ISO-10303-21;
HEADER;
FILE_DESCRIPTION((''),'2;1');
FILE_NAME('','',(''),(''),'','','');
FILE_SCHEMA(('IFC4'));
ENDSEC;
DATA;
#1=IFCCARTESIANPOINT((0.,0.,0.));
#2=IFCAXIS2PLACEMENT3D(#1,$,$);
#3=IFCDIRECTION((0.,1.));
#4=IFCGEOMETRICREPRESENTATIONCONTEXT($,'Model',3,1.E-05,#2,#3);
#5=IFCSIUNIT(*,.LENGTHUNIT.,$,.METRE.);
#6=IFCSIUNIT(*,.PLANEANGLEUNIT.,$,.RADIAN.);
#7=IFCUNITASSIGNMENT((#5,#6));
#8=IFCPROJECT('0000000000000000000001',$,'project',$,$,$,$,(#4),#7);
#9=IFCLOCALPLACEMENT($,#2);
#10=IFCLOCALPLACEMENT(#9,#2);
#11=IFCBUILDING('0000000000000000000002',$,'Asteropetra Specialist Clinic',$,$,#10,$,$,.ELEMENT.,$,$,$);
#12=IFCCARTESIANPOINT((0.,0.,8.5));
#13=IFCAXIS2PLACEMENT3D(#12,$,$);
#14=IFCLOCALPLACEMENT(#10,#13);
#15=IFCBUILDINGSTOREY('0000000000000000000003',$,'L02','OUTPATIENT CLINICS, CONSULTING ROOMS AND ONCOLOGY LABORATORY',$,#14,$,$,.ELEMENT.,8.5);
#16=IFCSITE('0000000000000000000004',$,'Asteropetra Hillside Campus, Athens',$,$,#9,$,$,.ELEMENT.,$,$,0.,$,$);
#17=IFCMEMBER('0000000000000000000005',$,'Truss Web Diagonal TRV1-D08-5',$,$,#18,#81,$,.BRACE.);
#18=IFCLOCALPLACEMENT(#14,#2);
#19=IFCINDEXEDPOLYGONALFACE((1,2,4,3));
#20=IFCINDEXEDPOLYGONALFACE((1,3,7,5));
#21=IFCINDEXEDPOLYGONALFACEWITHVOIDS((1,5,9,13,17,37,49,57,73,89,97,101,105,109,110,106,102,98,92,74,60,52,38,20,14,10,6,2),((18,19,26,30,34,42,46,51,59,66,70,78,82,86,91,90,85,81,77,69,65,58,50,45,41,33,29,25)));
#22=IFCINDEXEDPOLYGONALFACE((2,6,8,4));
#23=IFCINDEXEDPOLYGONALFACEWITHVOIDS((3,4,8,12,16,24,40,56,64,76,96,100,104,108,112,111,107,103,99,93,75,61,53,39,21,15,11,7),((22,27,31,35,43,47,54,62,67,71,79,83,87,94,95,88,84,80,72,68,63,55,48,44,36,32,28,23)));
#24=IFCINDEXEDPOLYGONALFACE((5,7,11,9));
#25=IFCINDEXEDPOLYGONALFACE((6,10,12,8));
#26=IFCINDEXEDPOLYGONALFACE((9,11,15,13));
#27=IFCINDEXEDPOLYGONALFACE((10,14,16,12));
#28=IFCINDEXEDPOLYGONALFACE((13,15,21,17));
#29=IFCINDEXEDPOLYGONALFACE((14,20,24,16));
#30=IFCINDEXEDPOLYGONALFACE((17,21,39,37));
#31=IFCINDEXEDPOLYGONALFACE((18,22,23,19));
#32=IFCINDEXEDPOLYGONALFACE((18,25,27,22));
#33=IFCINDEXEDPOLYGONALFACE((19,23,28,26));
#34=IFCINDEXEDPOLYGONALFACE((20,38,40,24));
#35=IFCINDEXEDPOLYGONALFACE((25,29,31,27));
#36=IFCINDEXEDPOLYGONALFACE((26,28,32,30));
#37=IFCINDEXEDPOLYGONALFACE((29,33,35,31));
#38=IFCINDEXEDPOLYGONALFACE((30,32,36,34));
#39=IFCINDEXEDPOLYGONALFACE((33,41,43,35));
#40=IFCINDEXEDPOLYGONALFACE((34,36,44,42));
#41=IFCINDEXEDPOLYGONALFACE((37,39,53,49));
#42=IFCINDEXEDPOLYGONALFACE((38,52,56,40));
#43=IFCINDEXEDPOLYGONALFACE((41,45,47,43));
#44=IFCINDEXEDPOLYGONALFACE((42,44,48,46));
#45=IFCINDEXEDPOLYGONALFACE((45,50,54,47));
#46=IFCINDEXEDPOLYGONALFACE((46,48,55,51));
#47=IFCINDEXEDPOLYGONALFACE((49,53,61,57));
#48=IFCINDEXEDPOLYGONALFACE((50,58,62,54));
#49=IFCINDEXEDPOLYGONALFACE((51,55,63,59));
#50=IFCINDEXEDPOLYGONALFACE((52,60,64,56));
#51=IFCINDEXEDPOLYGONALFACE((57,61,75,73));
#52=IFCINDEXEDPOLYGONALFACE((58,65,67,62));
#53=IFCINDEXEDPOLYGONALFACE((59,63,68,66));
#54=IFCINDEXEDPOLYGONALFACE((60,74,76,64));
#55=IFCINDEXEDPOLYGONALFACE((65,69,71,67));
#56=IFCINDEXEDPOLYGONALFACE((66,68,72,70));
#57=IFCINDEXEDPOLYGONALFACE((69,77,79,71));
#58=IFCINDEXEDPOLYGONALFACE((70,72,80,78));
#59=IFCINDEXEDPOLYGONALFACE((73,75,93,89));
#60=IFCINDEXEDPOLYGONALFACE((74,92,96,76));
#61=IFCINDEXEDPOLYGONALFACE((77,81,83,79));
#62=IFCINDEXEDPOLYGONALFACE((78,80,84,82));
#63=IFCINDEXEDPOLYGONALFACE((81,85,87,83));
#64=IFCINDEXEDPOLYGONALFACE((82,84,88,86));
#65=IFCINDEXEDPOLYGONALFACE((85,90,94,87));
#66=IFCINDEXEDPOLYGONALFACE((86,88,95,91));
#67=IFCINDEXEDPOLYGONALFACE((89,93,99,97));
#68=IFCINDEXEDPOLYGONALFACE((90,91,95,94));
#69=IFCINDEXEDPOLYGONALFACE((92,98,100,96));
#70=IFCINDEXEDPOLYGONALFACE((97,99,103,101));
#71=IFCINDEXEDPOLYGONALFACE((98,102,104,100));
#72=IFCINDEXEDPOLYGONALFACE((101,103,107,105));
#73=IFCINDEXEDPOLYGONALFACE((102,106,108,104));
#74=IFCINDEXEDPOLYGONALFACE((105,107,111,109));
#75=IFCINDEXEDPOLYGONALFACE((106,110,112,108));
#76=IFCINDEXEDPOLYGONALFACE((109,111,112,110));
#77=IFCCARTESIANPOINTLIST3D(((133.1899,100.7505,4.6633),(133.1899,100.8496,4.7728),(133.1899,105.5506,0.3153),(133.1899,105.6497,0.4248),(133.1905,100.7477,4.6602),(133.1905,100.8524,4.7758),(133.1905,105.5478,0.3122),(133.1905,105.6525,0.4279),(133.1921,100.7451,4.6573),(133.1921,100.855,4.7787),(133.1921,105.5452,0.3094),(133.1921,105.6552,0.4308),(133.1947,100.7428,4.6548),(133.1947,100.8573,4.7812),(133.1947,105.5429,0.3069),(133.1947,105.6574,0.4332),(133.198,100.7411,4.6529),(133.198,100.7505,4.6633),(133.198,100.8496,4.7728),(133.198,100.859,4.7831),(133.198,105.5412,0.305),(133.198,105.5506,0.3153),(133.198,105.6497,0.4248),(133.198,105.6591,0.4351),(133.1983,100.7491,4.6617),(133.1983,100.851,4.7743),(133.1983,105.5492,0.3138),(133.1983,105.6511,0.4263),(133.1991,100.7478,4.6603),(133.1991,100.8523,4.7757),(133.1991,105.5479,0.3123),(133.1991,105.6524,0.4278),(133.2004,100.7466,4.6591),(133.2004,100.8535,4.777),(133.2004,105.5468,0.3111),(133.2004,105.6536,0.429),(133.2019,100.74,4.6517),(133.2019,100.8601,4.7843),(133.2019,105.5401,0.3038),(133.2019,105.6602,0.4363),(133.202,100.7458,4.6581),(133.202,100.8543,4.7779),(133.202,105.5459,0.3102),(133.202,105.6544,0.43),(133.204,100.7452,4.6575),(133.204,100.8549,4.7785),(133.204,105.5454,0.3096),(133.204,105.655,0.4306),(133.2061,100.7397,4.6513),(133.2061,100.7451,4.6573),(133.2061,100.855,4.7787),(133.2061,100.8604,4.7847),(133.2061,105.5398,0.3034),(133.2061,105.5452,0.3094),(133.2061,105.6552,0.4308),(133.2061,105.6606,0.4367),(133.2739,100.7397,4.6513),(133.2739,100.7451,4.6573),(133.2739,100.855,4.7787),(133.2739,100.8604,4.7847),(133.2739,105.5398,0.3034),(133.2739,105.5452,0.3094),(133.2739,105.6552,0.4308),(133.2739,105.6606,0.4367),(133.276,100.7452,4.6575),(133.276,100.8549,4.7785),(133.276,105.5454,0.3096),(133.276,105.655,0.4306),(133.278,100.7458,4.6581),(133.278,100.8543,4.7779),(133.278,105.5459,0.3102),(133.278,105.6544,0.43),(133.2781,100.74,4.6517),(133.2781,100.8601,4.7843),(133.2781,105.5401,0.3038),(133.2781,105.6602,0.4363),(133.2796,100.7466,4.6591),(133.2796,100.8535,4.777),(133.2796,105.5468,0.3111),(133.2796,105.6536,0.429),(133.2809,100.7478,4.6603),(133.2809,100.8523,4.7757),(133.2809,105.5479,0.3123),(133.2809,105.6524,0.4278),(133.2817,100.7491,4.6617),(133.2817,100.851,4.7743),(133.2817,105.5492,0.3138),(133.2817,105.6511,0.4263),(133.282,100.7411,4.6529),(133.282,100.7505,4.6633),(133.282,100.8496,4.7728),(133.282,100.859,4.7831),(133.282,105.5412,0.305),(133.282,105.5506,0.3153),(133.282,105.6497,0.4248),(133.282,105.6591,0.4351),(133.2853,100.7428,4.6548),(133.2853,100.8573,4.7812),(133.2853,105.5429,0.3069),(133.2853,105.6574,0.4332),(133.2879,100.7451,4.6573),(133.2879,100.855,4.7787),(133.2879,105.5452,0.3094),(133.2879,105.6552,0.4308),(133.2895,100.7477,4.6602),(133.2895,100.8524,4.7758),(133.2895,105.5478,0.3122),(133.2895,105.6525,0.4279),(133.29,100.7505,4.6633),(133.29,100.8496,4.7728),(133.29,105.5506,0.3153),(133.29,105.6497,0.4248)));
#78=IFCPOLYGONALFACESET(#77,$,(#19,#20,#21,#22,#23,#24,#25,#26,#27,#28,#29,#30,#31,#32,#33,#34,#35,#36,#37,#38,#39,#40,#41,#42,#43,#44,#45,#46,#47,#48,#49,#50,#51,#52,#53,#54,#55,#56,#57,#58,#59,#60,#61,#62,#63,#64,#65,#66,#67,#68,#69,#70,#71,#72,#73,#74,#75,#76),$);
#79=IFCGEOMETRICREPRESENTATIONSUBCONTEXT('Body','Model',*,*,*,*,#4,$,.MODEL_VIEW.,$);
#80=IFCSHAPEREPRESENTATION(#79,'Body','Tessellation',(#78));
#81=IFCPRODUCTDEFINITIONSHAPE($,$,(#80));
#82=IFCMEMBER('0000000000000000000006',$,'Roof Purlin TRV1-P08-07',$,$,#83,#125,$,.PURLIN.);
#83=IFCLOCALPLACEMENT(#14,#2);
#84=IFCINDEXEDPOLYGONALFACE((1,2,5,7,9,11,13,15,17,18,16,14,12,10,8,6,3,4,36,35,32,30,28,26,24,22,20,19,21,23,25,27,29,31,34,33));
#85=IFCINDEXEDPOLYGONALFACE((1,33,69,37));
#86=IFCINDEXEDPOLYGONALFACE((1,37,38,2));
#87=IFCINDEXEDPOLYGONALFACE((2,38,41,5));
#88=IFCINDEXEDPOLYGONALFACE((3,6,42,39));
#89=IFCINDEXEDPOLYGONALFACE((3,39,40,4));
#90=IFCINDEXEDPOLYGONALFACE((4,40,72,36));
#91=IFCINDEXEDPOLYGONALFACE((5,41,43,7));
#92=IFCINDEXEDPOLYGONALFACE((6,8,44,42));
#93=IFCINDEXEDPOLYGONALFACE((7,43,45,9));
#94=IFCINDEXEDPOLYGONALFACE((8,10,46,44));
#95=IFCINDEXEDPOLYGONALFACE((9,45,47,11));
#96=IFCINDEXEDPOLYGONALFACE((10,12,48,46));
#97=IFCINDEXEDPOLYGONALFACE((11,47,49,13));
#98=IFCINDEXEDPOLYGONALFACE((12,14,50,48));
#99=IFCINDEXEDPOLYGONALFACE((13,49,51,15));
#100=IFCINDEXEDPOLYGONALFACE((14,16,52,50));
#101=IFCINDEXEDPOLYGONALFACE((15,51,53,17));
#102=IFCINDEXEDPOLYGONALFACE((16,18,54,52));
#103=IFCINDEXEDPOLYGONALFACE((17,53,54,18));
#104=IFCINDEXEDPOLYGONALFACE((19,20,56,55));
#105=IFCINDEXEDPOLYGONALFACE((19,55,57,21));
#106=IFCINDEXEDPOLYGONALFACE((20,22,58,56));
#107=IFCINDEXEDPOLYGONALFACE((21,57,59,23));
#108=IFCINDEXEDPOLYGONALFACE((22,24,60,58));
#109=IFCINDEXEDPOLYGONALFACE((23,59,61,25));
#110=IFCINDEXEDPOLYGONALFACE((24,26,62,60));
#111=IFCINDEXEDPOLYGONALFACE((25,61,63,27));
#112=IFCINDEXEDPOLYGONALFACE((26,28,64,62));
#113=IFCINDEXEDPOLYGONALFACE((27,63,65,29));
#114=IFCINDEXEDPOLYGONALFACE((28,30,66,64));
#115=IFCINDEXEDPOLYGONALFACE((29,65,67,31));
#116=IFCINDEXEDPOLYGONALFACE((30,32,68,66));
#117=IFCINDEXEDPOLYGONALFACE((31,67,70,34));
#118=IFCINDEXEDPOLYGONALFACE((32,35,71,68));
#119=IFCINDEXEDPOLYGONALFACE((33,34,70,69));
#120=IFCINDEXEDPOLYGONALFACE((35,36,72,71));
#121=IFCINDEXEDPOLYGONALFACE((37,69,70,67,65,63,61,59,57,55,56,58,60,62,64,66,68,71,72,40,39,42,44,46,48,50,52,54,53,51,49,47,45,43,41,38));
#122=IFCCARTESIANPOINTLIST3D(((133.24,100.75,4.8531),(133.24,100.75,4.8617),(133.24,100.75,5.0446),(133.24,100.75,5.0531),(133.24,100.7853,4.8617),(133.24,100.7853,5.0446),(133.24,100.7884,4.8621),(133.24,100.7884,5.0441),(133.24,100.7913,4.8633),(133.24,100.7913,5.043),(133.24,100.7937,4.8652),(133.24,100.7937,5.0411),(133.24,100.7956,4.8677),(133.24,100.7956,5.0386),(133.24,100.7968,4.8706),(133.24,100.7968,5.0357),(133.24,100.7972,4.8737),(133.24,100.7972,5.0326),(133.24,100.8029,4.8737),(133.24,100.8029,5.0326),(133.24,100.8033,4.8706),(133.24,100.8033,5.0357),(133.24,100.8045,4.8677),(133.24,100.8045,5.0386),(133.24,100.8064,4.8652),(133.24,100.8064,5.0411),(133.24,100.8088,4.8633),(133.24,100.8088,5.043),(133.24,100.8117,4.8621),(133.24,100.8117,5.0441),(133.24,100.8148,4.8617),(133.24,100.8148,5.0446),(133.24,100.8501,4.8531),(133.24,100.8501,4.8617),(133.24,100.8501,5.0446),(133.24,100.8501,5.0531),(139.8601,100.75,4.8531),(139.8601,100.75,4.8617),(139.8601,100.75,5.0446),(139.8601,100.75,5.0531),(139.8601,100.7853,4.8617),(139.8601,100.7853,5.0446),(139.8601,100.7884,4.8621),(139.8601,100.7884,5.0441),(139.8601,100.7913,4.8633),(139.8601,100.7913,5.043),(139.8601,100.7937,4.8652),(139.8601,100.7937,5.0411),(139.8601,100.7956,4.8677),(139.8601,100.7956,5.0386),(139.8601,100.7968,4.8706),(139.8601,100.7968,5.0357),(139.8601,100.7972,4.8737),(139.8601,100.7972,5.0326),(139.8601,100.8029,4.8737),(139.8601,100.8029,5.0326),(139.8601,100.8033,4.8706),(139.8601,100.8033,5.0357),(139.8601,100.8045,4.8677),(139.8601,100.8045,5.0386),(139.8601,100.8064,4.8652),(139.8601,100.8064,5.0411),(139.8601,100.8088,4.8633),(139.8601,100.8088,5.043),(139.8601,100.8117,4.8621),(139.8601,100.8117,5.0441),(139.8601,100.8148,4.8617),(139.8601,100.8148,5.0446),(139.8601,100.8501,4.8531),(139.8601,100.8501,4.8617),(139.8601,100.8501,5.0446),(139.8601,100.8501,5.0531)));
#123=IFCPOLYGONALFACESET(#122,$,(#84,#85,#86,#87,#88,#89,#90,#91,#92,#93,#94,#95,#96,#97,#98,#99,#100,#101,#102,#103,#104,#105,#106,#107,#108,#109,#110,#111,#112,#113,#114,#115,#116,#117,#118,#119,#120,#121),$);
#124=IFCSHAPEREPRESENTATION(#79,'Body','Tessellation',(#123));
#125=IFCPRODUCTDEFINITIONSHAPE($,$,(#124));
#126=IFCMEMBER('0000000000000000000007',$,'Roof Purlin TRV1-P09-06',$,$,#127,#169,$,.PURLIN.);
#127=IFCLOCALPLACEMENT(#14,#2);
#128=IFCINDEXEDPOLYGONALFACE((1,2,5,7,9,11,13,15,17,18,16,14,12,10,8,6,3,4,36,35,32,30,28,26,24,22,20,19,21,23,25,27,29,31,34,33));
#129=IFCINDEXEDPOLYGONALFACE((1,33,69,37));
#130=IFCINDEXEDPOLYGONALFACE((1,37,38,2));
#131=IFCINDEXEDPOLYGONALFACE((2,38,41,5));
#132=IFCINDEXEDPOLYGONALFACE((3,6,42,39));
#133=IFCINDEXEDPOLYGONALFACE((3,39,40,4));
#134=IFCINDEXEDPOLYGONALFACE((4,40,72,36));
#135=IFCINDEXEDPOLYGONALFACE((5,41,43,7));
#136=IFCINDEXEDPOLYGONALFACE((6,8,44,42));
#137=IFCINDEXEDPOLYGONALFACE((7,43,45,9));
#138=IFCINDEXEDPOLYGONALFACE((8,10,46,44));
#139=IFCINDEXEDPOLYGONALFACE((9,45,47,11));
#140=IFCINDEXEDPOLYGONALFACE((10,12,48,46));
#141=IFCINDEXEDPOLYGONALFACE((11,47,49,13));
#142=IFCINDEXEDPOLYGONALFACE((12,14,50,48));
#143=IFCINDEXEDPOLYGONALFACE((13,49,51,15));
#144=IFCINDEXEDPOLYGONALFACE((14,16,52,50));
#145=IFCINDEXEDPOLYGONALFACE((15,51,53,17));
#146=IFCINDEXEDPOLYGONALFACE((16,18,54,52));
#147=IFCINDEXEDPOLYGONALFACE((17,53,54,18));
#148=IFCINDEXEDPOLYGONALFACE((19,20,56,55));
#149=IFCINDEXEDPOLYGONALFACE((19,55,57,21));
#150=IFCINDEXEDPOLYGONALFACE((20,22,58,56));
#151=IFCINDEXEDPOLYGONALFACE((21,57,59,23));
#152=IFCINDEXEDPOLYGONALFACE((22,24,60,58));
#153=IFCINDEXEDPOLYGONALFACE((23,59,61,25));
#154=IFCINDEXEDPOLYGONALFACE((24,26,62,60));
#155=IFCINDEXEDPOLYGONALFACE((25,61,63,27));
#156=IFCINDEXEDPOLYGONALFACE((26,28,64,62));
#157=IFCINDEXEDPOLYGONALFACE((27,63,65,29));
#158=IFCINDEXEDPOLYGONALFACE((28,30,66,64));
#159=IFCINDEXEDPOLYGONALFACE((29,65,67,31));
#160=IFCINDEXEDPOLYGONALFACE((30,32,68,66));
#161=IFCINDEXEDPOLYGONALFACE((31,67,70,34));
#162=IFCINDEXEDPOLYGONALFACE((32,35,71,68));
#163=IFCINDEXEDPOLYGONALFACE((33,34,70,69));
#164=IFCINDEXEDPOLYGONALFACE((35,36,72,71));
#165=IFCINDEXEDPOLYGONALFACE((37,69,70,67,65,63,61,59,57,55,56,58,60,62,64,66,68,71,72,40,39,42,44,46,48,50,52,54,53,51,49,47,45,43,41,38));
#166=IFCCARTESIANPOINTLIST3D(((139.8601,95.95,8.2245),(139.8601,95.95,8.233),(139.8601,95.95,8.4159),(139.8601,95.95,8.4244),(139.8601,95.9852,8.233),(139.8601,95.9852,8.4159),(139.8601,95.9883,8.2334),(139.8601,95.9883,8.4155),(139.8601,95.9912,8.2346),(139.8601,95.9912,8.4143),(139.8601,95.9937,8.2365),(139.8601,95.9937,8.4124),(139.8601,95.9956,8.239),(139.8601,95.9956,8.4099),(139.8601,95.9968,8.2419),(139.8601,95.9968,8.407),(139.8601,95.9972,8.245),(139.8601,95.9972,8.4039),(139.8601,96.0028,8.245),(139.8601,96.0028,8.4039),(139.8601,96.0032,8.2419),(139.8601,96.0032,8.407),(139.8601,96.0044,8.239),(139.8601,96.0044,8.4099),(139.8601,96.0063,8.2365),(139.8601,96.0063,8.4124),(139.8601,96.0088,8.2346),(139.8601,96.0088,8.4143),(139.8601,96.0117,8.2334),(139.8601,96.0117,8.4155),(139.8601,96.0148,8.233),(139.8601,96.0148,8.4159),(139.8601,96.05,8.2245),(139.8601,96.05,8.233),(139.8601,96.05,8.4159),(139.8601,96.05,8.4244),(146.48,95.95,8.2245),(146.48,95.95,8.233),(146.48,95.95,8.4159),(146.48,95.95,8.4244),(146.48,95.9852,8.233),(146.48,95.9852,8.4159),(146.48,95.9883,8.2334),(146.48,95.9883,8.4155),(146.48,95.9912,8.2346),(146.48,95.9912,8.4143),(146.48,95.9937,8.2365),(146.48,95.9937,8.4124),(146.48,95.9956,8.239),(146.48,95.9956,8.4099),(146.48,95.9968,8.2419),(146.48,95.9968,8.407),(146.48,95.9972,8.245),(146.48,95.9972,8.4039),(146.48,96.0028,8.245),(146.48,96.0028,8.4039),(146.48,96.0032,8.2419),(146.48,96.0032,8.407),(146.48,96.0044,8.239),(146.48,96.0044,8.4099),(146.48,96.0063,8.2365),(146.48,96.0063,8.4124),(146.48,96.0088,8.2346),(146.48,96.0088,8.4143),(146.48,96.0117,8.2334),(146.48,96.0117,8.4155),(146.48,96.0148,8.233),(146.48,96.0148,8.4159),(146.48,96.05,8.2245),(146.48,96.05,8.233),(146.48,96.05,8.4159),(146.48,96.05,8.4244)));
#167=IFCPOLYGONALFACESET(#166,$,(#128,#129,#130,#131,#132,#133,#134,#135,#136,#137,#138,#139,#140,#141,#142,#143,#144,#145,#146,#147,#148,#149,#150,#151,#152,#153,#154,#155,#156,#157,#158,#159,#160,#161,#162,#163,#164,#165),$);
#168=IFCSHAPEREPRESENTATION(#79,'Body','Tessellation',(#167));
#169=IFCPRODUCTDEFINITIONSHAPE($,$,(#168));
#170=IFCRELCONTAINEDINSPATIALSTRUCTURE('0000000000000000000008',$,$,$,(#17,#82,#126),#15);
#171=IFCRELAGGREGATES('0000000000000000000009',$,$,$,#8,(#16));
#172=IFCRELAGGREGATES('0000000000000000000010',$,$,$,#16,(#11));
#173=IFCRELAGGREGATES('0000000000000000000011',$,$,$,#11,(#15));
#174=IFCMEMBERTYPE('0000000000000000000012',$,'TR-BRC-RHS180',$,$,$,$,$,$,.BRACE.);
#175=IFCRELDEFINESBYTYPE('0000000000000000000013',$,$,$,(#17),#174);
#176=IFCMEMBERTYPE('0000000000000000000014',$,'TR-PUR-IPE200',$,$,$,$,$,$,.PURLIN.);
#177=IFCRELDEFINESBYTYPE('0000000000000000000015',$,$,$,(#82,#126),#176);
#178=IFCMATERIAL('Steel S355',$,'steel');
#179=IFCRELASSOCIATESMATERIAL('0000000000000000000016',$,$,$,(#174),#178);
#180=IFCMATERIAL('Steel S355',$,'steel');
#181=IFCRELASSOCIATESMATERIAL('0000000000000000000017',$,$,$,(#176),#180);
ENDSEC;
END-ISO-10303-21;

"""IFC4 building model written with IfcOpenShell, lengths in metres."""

from ifc_helpers import new_model, si_unit, direction, frame, origin, origin_2d, place, context, subcontext, project, spatial, hollow_rectangle, i_section, extrude, material, material_profile, profile_set, type_object, element, save


model = new_model("IFC4")

# Units and contexts
model_context = context("Model", 3, precision=1e-05, world=origin(), true_north=direction((0.0, 1.0)))
body_context = subcontext(model_context, "Body", "Model", "MODEL_VIEW")
ifc_project = project(units=[si_unit("LENGTHUNIT", "METRE"), si_unit("PLANEANGLEUNIT", "RADIAN")], contexts=[model_context])

# Site, building, storey
site_placement = place(None, origin())
site = spatial("IfcSite", under=ifc_project, at=site_placement, Name="Asteropetra Hillside Campus, Athens", CompositionType="ELEMENT", RefElevation=0.0)
building_placement = place(site_placement, origin())
building = spatial("IfcBuilding", under=site, at=building_placement, Name="Asteropetra Specialist Clinic", CompositionType="ELEMENT")
storey_placement = place(building_placement, frame((0.0, 0.0, 8.5)))
storey = spatial("IfcBuildingStorey", under=building, at=storey_placement, Name="L02", Description="OUTPATIENT CLINICS, CONSULTING ROOMS AND ONCOLOGY LABORATORY", CompositionType="ELEMENT", Elevation=8.5)

# Members
ifc_material_1 = material(Name="Steel S355", Category="steel")
ifc_material_profile_1 = material_profile(ifc_material_1, hollow_rectangle(XDim=0.1001, YDim=0.1799, WallThickness=0.0081, InnerFilletRadius=0.0081, OuterFilletRadius=0.0161, at=origin_2d()), Name="RHS 180x100x8.0")
ifc_profile_set_1 = profile_set([ifc_material_profile_1], Name="Steel S355")
member_type_1 = type_object("IfcMemberType", Name="TR-BRC-RHS180", PredefinedType="BRACE", material=ifc_profile_set_1)
member_1_placement = place(storey_placement, frame((133.24, 100.8, 4.718), z_axis=(0.0, 0.741152, -0.671338), x_axis=(-1.0, 0.0, 0.0)))
element("IfcMember", 1, at=member_1_placement, inside=storey, type_object=member_type_1, Name="Truss Web Diagonal TRV1-D08-5", PredefinedType="BRACE", context=body_context, shape_type="SweptSolid", body=[
    extrude(hollow_rectangle(XDim=0.1001, YDim=0.1799, WallThickness=0.0081, InnerFilletRadius=0.0081, OuterFilletRadius=0.0161, at=origin_2d()), origin(), (0.0, 0.0, 1.0), 6.4766),
])
ifc_material_2 = material(Name="Steel S355", Category="steel")
ifc_material_profile_2 = material_profile(ifc_material_2, i_section(OverallWidth=0.1001, OverallDepth=0.2, WebThickness=0.0056, FlangeThickness=0.0085, FilletRadius=0.012, at=origin_2d()), Name="IPE 200")
ifc_profile_set_2 = profile_set([ifc_material_profile_2], Name="Steel S355")
member_type_2 = type_object("IfcMemberType", Name="TR-PUR-IPE200", PredefinedType="PURLIN", material=ifc_profile_set_2)
member_2_placement = place(storey_placement, frame((133.24, 100.8, 4.9531), z_axis=(1.0, 0.0, 0.0), x_axis=(0.0, 1.0, 0.0)))
element("IfcMember", 2, at=member_2_placement, inside=storey, type_object=member_type_2, Name="Roof Purlin TRV1-P08-07", PredefinedType="PURLIN", context=body_context, shape_type="SweptSolid", body=[
    extrude(i_section(OverallWidth=0.1001, OverallDepth=0.2, WebThickness=0.0056, FlangeThickness=0.0085, FilletRadius=0.012, at=origin_2d()), origin(), (0.0, 0.0, 1.0), 6.6201),
])
member_3_placement = place(storey_placement, frame((139.8601, 96.0, 8.3245), z_axis=(1.0, 0.0, 0.0), x_axis=(0.0, 1.0, 0.0)))
element("IfcMember", 3, at=member_3_placement, inside=storey, type_object=member_type_2, Name="Roof Purlin TRV1-P09-06", PredefinedType="PURLIN", context=body_context, shape_type="SweptSolid", body=[
    extrude(i_section(OverallWidth=0.1001, OverallDepth=0.2, WebThickness=0.0056, FlangeThickness=0.0085, FilletRadius=0.012, at=origin_2d()), origin(), (0.0, 0.0, 1.0), 6.6199),
])

save(model, "model.ifc")
